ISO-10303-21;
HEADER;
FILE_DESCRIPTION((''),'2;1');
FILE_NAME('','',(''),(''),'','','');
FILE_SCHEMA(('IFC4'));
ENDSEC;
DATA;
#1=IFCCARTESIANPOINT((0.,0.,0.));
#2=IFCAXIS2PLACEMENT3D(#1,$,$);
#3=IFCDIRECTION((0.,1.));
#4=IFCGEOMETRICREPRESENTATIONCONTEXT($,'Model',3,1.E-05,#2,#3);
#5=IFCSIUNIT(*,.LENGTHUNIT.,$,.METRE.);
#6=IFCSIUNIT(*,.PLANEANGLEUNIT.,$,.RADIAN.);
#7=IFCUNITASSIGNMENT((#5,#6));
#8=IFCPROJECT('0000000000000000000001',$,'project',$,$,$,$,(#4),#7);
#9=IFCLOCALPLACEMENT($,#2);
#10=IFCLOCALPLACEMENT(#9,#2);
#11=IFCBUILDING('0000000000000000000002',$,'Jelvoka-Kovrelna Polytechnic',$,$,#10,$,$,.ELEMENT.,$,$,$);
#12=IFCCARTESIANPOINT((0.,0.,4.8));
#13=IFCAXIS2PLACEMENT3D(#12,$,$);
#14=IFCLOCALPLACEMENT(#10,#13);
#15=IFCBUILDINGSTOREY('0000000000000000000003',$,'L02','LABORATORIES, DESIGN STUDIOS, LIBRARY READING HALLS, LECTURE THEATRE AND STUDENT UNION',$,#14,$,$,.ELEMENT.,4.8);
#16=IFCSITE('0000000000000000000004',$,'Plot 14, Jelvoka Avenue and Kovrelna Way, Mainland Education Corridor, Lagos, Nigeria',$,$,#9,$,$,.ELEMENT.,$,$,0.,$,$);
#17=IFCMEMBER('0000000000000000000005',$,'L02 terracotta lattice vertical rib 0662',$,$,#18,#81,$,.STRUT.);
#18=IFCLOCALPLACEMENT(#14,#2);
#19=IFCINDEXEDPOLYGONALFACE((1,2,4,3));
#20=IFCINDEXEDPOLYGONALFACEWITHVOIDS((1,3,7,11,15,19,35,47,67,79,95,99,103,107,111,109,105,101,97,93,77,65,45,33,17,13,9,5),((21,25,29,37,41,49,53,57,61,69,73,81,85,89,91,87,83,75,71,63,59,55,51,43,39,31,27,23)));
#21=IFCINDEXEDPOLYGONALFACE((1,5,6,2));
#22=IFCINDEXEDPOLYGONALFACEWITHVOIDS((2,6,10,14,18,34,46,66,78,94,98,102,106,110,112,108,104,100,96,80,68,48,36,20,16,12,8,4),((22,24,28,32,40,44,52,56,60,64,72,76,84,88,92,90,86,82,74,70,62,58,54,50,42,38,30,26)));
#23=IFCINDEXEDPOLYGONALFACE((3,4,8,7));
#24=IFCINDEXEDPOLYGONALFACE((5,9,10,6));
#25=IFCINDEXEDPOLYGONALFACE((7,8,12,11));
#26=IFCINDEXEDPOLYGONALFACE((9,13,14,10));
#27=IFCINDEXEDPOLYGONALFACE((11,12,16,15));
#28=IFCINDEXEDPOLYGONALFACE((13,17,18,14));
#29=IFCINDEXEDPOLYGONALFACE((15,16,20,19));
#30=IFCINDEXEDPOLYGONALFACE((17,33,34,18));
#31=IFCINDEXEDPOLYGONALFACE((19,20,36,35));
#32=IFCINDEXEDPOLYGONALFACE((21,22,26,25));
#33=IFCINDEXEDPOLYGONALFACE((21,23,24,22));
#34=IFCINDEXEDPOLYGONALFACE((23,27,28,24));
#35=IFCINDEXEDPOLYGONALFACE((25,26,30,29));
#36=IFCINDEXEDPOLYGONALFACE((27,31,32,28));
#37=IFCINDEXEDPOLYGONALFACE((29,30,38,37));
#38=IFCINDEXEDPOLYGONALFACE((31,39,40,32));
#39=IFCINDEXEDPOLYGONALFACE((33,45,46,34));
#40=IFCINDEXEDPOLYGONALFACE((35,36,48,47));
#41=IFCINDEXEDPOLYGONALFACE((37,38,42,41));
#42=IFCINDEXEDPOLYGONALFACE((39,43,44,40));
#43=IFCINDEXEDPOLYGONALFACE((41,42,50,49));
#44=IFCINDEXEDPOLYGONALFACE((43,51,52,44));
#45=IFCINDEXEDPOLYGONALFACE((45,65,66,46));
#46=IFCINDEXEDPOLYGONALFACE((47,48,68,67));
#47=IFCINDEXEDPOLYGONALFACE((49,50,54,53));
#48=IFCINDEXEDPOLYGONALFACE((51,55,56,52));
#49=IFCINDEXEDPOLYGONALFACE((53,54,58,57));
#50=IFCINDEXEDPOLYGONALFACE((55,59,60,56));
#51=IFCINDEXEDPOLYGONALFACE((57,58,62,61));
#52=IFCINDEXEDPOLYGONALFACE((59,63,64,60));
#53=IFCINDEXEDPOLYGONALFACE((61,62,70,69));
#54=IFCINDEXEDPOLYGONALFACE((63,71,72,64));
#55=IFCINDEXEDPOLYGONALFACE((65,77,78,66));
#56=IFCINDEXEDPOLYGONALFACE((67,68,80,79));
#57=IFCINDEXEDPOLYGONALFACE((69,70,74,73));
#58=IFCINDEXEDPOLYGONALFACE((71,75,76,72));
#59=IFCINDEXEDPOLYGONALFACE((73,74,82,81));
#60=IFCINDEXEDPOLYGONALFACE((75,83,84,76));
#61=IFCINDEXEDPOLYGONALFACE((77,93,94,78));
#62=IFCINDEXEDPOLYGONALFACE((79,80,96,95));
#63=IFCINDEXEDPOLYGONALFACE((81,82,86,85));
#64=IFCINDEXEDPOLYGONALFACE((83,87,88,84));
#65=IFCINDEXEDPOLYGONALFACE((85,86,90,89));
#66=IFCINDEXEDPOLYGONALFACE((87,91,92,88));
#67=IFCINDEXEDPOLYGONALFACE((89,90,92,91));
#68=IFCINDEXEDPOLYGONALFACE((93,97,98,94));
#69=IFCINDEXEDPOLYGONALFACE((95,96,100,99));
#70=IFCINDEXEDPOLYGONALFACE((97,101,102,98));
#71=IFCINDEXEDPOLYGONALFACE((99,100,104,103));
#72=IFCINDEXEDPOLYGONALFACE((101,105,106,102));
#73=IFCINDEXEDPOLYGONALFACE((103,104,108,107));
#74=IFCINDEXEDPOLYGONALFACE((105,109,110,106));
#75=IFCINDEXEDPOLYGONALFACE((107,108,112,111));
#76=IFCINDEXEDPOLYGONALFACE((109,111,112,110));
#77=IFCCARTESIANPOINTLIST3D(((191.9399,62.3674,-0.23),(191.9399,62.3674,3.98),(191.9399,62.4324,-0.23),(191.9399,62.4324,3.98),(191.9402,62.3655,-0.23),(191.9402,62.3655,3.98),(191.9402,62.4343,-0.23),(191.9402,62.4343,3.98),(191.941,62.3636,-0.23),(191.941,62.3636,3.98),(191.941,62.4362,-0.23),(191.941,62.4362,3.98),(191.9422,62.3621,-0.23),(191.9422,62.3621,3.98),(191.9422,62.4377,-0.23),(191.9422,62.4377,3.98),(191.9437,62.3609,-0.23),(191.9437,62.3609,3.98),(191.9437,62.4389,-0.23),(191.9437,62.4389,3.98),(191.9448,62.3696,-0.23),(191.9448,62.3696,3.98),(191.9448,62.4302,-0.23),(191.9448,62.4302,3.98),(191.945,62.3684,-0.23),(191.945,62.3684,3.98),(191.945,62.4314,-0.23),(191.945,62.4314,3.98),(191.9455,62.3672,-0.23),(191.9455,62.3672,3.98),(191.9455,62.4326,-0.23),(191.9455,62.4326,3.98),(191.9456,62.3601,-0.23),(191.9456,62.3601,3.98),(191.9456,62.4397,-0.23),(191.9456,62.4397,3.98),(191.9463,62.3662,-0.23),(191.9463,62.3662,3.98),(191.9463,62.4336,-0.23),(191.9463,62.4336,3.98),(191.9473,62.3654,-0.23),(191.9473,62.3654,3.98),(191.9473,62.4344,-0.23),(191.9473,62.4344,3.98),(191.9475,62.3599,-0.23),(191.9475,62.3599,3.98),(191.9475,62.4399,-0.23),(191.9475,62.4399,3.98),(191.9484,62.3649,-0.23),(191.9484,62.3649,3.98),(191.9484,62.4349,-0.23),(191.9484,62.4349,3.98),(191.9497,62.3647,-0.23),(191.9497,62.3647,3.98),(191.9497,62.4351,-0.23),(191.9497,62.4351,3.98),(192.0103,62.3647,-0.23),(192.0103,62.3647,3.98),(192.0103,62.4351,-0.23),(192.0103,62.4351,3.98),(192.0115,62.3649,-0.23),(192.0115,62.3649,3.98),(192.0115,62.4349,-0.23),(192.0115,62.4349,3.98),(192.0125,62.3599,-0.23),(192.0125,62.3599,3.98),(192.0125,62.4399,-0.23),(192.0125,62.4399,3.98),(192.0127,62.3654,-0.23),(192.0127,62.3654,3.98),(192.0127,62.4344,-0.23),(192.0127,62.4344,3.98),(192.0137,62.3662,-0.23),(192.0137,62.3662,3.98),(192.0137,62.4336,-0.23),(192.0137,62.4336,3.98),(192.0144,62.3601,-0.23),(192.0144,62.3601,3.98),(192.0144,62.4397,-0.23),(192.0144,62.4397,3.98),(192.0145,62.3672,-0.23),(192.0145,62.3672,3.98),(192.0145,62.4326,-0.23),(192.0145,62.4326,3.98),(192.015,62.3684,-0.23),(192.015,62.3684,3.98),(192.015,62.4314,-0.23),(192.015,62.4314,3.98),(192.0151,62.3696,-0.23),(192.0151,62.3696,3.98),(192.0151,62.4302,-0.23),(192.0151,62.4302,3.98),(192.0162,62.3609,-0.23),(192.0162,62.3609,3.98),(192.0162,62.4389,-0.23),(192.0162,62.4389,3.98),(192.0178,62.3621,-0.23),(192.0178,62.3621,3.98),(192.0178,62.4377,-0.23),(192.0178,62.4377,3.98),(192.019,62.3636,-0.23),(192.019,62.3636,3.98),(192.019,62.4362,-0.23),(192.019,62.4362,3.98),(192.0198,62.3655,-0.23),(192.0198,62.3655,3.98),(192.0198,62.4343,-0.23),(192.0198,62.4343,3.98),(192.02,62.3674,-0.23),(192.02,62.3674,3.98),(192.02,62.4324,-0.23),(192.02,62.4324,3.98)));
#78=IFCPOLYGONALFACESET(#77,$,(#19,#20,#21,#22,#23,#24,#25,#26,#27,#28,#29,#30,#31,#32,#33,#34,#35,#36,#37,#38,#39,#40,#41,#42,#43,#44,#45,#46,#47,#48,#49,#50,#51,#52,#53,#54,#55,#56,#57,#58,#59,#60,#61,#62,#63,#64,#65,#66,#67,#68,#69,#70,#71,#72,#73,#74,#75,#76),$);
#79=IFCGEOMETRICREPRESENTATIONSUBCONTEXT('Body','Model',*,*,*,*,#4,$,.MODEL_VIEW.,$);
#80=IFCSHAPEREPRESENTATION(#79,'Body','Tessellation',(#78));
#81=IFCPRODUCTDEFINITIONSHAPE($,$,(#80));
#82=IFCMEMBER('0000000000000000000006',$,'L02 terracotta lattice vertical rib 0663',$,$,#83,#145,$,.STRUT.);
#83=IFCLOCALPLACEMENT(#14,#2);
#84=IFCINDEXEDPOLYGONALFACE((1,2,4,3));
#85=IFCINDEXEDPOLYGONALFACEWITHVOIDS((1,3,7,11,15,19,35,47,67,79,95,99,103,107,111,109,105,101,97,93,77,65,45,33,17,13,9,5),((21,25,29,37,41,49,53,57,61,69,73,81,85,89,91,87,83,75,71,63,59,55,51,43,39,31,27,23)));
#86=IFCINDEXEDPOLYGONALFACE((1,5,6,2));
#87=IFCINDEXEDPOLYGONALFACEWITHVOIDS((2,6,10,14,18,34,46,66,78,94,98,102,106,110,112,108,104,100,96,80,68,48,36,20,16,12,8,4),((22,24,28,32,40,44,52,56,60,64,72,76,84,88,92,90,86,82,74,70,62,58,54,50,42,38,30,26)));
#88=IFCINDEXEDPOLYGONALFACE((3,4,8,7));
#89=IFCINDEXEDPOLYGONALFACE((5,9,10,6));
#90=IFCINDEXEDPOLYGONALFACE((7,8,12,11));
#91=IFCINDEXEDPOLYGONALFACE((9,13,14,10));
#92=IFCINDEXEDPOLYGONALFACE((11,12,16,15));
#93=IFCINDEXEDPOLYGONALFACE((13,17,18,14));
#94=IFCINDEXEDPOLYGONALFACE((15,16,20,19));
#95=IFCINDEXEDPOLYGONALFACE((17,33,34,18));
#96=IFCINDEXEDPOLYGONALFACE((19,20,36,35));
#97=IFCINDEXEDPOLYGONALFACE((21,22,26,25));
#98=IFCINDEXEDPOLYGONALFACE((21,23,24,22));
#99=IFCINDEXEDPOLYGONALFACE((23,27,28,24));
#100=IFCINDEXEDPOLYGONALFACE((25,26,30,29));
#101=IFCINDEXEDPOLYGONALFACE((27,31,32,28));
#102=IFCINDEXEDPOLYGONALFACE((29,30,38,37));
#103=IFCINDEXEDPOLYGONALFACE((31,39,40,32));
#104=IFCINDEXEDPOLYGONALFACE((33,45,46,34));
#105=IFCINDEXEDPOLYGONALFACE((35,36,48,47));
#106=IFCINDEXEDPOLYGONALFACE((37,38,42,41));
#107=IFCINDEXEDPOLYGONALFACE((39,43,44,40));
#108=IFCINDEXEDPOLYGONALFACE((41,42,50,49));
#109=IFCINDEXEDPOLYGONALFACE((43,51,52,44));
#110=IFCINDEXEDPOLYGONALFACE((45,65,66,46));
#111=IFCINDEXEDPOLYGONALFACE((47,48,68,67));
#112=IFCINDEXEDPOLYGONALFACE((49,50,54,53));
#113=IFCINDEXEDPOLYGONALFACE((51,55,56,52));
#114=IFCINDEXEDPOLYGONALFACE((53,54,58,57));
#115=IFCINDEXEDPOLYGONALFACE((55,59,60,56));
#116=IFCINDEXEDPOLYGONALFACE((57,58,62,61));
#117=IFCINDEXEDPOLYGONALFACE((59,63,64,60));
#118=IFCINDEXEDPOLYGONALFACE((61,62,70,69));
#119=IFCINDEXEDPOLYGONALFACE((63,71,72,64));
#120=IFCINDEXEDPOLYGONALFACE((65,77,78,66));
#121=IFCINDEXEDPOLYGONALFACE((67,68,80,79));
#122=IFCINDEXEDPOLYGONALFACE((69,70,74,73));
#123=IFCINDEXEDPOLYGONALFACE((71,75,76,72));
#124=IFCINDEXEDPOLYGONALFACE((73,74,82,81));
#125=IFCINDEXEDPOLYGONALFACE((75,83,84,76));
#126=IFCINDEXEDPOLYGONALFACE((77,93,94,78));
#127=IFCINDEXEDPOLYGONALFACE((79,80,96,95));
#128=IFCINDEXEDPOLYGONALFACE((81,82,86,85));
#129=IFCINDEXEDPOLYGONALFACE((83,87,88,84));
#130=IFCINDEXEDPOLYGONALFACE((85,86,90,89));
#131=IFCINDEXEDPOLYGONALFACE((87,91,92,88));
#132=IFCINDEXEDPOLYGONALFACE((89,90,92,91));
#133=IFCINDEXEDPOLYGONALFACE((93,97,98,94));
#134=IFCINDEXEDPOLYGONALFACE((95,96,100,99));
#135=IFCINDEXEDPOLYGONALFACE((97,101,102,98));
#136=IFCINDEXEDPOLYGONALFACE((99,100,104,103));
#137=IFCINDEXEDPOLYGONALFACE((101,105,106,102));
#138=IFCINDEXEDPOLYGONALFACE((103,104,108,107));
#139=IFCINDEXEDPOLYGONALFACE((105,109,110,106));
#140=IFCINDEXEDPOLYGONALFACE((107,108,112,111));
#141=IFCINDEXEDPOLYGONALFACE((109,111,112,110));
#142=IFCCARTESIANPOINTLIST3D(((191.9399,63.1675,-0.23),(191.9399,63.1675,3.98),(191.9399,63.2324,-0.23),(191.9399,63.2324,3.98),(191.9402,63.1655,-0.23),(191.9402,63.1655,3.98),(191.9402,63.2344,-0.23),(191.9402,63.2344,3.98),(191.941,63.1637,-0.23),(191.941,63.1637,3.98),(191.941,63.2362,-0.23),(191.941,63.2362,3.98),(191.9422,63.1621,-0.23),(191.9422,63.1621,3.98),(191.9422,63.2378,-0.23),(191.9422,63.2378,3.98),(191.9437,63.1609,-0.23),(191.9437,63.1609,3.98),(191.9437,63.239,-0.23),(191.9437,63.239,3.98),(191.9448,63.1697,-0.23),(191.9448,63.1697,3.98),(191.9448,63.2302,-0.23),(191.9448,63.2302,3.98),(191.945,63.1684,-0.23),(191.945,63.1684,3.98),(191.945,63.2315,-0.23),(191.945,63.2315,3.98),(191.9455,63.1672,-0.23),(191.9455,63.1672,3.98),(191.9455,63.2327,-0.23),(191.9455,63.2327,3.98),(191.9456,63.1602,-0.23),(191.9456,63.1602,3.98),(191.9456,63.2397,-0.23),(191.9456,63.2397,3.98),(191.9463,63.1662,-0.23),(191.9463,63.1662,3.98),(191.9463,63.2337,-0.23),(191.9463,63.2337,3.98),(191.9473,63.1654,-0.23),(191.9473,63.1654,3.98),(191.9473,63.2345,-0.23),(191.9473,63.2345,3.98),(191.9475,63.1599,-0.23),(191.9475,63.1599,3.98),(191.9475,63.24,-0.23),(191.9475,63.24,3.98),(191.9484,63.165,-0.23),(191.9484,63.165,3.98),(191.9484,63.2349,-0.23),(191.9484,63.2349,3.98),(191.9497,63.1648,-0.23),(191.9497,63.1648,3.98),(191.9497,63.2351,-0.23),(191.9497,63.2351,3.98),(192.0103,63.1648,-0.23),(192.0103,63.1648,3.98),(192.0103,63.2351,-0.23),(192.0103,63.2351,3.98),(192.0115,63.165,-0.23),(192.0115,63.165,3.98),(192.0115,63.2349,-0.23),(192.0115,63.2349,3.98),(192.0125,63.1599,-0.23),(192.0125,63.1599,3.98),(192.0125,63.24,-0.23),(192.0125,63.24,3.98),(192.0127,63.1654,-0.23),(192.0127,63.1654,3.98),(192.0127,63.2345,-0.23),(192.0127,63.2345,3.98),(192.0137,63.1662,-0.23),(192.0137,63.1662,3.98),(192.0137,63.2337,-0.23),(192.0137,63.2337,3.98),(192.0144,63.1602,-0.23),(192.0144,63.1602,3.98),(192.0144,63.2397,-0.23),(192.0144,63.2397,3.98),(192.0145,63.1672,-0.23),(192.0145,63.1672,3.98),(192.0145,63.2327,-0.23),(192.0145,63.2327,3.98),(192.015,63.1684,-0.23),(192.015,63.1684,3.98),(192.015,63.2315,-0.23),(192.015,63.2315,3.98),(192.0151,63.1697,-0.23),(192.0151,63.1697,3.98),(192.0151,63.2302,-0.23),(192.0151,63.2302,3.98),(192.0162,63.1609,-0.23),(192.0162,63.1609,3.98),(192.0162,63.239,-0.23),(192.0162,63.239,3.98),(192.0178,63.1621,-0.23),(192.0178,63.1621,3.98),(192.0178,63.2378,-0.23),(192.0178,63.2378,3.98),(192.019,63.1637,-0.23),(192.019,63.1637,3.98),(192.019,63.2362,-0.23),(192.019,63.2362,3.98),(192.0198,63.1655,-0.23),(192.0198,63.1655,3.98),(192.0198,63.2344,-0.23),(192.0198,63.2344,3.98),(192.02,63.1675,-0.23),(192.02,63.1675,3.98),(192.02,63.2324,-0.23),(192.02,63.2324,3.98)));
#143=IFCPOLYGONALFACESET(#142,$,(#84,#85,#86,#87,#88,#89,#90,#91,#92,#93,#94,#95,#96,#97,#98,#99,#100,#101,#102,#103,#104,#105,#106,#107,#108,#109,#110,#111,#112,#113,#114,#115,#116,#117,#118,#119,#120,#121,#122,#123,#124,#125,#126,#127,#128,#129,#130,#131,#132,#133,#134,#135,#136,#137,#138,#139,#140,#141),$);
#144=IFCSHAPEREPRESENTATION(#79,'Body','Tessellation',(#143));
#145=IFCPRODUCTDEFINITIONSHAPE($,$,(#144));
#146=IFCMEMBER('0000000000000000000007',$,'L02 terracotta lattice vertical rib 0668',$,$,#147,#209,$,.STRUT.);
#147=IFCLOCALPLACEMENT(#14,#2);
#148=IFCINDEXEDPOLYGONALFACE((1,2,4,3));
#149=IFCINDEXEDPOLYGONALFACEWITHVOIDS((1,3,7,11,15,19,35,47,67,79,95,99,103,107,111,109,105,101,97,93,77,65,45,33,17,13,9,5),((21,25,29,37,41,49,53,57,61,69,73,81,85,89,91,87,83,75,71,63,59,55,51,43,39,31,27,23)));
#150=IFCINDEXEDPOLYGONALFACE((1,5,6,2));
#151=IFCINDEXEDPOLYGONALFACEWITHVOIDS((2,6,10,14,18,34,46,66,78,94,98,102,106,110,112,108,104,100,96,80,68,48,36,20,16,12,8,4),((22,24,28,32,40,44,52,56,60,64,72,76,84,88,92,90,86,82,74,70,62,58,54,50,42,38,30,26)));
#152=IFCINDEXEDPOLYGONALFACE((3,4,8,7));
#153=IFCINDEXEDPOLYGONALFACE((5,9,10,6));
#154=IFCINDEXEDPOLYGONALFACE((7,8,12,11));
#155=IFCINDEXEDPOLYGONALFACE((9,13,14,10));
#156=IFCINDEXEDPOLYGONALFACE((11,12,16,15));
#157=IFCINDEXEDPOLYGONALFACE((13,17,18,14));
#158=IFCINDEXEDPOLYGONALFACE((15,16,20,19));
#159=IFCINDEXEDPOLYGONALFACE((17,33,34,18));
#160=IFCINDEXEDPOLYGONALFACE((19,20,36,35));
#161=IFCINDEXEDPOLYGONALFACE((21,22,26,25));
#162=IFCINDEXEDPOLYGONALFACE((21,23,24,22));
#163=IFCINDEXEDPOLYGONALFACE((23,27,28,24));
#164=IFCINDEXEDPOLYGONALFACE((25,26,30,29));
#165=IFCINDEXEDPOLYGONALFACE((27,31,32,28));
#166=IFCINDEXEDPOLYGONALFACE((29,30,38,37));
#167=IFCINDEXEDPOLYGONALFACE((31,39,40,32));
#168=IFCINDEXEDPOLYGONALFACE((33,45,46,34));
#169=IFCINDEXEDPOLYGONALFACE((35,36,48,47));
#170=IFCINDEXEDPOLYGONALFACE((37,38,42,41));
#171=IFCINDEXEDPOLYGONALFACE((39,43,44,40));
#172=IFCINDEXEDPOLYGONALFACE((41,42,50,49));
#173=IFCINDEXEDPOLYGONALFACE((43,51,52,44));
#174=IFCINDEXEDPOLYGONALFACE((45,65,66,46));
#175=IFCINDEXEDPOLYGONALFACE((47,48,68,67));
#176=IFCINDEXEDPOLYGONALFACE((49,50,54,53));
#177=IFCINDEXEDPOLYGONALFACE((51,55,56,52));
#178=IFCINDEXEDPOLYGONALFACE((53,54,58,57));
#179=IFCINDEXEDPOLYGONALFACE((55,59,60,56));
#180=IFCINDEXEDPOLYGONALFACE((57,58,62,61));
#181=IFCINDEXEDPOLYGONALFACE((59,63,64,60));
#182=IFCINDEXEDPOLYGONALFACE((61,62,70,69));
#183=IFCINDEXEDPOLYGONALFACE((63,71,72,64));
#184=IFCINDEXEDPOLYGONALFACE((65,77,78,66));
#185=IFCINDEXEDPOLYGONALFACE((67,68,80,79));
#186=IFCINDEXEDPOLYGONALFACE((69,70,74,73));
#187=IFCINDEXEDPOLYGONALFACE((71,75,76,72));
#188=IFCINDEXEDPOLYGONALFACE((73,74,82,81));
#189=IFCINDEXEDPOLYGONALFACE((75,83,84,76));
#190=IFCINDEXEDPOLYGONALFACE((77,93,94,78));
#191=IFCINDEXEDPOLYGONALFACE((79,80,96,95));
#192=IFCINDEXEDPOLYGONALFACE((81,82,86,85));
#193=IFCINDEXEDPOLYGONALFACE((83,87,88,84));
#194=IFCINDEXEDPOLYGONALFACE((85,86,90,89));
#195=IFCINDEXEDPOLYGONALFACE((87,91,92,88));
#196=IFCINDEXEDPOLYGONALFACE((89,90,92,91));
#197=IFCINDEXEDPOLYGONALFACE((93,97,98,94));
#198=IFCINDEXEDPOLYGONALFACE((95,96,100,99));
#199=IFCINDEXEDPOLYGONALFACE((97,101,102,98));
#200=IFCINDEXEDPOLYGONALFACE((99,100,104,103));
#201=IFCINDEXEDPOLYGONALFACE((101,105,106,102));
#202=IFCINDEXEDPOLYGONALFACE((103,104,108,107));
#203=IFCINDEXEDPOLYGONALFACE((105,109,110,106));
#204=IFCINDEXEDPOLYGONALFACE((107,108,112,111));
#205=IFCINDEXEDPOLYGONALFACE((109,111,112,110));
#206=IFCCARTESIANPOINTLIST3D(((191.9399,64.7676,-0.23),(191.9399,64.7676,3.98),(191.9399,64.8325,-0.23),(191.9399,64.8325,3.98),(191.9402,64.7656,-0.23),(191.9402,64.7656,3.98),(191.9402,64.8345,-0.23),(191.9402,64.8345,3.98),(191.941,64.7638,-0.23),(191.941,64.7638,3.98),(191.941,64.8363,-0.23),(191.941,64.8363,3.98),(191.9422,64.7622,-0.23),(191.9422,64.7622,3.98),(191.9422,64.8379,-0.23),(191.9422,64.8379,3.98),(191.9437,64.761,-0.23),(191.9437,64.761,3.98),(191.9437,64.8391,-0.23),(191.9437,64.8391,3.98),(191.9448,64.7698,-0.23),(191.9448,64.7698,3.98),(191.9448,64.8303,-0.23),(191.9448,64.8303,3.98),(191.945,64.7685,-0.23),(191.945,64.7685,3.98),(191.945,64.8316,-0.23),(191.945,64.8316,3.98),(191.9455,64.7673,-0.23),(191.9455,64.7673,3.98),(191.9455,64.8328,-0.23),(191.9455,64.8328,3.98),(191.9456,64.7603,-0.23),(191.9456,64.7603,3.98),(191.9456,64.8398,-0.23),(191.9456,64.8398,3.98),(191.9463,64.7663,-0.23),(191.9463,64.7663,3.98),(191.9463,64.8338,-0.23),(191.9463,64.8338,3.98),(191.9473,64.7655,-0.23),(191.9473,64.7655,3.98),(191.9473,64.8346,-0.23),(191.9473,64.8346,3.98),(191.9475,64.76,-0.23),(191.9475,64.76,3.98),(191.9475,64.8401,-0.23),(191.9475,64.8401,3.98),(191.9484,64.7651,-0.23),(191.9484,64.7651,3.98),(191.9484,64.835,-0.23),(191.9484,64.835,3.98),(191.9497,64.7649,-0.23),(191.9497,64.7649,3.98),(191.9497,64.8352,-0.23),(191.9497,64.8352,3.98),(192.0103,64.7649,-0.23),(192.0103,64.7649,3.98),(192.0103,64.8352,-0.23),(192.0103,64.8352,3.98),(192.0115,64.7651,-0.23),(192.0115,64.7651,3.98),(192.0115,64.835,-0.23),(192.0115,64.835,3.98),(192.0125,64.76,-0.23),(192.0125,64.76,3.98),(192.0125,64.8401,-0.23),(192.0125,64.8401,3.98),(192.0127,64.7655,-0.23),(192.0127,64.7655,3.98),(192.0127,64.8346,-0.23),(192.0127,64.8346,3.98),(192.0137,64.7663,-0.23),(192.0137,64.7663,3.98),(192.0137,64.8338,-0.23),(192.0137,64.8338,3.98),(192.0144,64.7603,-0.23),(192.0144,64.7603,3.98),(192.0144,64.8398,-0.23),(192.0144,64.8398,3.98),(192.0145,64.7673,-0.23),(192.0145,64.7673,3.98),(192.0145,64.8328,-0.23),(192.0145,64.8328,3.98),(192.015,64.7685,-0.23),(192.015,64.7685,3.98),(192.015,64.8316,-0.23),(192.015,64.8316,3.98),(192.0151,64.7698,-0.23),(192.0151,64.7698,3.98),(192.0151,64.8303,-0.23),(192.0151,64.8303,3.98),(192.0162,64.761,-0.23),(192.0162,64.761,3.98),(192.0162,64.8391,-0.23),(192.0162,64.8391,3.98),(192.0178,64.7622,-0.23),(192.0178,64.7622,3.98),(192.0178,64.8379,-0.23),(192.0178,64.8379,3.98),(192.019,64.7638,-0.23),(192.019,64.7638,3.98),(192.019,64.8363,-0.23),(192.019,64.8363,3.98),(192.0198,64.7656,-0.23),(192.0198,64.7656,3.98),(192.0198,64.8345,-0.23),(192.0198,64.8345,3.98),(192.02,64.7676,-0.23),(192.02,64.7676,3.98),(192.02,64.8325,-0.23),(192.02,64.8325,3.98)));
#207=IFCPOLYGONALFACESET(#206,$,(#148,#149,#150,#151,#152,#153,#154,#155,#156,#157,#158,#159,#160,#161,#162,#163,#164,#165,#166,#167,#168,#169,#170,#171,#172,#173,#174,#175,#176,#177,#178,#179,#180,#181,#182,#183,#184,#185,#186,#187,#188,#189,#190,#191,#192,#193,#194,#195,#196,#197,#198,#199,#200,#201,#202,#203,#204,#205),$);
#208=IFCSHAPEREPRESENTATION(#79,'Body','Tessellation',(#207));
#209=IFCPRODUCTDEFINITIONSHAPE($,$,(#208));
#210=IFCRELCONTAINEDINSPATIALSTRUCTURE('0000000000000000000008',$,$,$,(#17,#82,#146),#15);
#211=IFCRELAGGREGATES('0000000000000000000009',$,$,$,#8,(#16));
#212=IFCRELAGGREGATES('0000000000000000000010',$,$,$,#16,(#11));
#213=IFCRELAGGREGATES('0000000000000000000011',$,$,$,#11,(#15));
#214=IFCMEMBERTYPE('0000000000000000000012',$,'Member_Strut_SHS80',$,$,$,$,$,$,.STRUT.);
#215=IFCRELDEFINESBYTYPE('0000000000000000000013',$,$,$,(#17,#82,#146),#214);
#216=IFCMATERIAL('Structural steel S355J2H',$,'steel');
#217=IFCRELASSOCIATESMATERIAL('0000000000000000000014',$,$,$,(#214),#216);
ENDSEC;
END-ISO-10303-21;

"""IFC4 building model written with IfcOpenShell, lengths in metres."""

from ifc_helpers import new_model, si_unit, direction, frame, origin, origin_2d, place, context, subcontext, project, spatial, hollow_rectangle, extrude, material, material_profile, profile_set, type_object, element, save


model = new_model("IFC4")

# Units and contexts
model_context = context("Model", 3, precision=1e-05, world=origin(), true_north=direction((0.0, 1.0)))
body_context = subcontext(model_context, "Body", "Model", "MODEL_VIEW")
ifc_project = project(units=[si_unit("LENGTHUNIT", "METRE"), si_unit("PLANEANGLEUNIT", "RADIAN")], contexts=[model_context])

# Site, building, storey
site_placement = place(None, origin())
site = spatial("IfcSite", under=ifc_project, at=site_placement, Name="Plot 14, Jelvoka Avenue and Kovrelna Way, Mainland Education Corridor, Lagos, Nigeria", CompositionType="ELEMENT", RefElevation=0.0)
building_placement = place(site_placement, origin())
building = spatial("IfcBuilding", under=site, at=building_placement, Name="Jelvoka-Kovrelna Polytechnic", CompositionType="ELEMENT")
storey_placement = place(building_placement, frame((0.0, 0.0, 4.8)))
storey = spatial("IfcBuildingStorey", under=building, at=storey_placement, Name="L02", Description="LABORATORIES, DESIGN STUDIOS, LIBRARY READING HALLS, LECTURE THEATRE AND STUDENT UNION", CompositionType="ELEMENT", Elevation=4.8)

# Members
ifc_material_1 = material(Name="Structural steel S355J2H", Category="steel")
ifc_material_profile_1 = material_profile(ifc_material_1, hollow_rectangle(XDim=0.0801, YDim=0.0801, WallThickness=0.0049, InnerFilletRadius=0.0049, OuterFilletRadius=0.0076, at=origin_2d()), Name="80x80x5.0 SHS")
ifc_profile_set_1 = profile_set([ifc_material_profile_1], Name="Structural steel S355J2H")
member_type_1 = type_object("IfcMemberType", Name="Member_Strut_SHS80", PredefinedType="STRUT", material=ifc_profile_set_1)
for number, where, z_axis, x_axis, name in (
    (1, (191.98, 62.3999, -0.23), (0.0, 0.0, 1.0), (1.0, 0.0, 0.0), "L02 terracotta lattice vertical rib 0662"),
    (2, (191.98, 63.2, -0.23), (0.0, 0.0, 1.0), (1.0, 0.0, 0.0), "L02 terracotta lattice vertical rib 0663"),
    (3, (191.98, 64.8, -0.23), (0.0, 0.0, 1.0), (1.0, 0.0, 0.0), "L02 terracotta lattice vertical rib 0668"),
):
    element("IfcMember", number, at=place(storey_placement, frame(where, z_axis=z_axis, x_axis=x_axis)), inside=storey, type_object=member_type_1, Name=name, PredefinedType="STRUT", context=body_context, shape_type="SweptSolid", body=[
        extrude(hollow_rectangle(XDim=0.0801, YDim=0.0801, WallThickness=0.0049, InnerFilletRadius=0.0049, OuterFilletRadius=0.0076, at=origin_2d()), origin(), (0.0, 0.0, 1.0), 4.21),
    ])

save(model, "model.ifc")
